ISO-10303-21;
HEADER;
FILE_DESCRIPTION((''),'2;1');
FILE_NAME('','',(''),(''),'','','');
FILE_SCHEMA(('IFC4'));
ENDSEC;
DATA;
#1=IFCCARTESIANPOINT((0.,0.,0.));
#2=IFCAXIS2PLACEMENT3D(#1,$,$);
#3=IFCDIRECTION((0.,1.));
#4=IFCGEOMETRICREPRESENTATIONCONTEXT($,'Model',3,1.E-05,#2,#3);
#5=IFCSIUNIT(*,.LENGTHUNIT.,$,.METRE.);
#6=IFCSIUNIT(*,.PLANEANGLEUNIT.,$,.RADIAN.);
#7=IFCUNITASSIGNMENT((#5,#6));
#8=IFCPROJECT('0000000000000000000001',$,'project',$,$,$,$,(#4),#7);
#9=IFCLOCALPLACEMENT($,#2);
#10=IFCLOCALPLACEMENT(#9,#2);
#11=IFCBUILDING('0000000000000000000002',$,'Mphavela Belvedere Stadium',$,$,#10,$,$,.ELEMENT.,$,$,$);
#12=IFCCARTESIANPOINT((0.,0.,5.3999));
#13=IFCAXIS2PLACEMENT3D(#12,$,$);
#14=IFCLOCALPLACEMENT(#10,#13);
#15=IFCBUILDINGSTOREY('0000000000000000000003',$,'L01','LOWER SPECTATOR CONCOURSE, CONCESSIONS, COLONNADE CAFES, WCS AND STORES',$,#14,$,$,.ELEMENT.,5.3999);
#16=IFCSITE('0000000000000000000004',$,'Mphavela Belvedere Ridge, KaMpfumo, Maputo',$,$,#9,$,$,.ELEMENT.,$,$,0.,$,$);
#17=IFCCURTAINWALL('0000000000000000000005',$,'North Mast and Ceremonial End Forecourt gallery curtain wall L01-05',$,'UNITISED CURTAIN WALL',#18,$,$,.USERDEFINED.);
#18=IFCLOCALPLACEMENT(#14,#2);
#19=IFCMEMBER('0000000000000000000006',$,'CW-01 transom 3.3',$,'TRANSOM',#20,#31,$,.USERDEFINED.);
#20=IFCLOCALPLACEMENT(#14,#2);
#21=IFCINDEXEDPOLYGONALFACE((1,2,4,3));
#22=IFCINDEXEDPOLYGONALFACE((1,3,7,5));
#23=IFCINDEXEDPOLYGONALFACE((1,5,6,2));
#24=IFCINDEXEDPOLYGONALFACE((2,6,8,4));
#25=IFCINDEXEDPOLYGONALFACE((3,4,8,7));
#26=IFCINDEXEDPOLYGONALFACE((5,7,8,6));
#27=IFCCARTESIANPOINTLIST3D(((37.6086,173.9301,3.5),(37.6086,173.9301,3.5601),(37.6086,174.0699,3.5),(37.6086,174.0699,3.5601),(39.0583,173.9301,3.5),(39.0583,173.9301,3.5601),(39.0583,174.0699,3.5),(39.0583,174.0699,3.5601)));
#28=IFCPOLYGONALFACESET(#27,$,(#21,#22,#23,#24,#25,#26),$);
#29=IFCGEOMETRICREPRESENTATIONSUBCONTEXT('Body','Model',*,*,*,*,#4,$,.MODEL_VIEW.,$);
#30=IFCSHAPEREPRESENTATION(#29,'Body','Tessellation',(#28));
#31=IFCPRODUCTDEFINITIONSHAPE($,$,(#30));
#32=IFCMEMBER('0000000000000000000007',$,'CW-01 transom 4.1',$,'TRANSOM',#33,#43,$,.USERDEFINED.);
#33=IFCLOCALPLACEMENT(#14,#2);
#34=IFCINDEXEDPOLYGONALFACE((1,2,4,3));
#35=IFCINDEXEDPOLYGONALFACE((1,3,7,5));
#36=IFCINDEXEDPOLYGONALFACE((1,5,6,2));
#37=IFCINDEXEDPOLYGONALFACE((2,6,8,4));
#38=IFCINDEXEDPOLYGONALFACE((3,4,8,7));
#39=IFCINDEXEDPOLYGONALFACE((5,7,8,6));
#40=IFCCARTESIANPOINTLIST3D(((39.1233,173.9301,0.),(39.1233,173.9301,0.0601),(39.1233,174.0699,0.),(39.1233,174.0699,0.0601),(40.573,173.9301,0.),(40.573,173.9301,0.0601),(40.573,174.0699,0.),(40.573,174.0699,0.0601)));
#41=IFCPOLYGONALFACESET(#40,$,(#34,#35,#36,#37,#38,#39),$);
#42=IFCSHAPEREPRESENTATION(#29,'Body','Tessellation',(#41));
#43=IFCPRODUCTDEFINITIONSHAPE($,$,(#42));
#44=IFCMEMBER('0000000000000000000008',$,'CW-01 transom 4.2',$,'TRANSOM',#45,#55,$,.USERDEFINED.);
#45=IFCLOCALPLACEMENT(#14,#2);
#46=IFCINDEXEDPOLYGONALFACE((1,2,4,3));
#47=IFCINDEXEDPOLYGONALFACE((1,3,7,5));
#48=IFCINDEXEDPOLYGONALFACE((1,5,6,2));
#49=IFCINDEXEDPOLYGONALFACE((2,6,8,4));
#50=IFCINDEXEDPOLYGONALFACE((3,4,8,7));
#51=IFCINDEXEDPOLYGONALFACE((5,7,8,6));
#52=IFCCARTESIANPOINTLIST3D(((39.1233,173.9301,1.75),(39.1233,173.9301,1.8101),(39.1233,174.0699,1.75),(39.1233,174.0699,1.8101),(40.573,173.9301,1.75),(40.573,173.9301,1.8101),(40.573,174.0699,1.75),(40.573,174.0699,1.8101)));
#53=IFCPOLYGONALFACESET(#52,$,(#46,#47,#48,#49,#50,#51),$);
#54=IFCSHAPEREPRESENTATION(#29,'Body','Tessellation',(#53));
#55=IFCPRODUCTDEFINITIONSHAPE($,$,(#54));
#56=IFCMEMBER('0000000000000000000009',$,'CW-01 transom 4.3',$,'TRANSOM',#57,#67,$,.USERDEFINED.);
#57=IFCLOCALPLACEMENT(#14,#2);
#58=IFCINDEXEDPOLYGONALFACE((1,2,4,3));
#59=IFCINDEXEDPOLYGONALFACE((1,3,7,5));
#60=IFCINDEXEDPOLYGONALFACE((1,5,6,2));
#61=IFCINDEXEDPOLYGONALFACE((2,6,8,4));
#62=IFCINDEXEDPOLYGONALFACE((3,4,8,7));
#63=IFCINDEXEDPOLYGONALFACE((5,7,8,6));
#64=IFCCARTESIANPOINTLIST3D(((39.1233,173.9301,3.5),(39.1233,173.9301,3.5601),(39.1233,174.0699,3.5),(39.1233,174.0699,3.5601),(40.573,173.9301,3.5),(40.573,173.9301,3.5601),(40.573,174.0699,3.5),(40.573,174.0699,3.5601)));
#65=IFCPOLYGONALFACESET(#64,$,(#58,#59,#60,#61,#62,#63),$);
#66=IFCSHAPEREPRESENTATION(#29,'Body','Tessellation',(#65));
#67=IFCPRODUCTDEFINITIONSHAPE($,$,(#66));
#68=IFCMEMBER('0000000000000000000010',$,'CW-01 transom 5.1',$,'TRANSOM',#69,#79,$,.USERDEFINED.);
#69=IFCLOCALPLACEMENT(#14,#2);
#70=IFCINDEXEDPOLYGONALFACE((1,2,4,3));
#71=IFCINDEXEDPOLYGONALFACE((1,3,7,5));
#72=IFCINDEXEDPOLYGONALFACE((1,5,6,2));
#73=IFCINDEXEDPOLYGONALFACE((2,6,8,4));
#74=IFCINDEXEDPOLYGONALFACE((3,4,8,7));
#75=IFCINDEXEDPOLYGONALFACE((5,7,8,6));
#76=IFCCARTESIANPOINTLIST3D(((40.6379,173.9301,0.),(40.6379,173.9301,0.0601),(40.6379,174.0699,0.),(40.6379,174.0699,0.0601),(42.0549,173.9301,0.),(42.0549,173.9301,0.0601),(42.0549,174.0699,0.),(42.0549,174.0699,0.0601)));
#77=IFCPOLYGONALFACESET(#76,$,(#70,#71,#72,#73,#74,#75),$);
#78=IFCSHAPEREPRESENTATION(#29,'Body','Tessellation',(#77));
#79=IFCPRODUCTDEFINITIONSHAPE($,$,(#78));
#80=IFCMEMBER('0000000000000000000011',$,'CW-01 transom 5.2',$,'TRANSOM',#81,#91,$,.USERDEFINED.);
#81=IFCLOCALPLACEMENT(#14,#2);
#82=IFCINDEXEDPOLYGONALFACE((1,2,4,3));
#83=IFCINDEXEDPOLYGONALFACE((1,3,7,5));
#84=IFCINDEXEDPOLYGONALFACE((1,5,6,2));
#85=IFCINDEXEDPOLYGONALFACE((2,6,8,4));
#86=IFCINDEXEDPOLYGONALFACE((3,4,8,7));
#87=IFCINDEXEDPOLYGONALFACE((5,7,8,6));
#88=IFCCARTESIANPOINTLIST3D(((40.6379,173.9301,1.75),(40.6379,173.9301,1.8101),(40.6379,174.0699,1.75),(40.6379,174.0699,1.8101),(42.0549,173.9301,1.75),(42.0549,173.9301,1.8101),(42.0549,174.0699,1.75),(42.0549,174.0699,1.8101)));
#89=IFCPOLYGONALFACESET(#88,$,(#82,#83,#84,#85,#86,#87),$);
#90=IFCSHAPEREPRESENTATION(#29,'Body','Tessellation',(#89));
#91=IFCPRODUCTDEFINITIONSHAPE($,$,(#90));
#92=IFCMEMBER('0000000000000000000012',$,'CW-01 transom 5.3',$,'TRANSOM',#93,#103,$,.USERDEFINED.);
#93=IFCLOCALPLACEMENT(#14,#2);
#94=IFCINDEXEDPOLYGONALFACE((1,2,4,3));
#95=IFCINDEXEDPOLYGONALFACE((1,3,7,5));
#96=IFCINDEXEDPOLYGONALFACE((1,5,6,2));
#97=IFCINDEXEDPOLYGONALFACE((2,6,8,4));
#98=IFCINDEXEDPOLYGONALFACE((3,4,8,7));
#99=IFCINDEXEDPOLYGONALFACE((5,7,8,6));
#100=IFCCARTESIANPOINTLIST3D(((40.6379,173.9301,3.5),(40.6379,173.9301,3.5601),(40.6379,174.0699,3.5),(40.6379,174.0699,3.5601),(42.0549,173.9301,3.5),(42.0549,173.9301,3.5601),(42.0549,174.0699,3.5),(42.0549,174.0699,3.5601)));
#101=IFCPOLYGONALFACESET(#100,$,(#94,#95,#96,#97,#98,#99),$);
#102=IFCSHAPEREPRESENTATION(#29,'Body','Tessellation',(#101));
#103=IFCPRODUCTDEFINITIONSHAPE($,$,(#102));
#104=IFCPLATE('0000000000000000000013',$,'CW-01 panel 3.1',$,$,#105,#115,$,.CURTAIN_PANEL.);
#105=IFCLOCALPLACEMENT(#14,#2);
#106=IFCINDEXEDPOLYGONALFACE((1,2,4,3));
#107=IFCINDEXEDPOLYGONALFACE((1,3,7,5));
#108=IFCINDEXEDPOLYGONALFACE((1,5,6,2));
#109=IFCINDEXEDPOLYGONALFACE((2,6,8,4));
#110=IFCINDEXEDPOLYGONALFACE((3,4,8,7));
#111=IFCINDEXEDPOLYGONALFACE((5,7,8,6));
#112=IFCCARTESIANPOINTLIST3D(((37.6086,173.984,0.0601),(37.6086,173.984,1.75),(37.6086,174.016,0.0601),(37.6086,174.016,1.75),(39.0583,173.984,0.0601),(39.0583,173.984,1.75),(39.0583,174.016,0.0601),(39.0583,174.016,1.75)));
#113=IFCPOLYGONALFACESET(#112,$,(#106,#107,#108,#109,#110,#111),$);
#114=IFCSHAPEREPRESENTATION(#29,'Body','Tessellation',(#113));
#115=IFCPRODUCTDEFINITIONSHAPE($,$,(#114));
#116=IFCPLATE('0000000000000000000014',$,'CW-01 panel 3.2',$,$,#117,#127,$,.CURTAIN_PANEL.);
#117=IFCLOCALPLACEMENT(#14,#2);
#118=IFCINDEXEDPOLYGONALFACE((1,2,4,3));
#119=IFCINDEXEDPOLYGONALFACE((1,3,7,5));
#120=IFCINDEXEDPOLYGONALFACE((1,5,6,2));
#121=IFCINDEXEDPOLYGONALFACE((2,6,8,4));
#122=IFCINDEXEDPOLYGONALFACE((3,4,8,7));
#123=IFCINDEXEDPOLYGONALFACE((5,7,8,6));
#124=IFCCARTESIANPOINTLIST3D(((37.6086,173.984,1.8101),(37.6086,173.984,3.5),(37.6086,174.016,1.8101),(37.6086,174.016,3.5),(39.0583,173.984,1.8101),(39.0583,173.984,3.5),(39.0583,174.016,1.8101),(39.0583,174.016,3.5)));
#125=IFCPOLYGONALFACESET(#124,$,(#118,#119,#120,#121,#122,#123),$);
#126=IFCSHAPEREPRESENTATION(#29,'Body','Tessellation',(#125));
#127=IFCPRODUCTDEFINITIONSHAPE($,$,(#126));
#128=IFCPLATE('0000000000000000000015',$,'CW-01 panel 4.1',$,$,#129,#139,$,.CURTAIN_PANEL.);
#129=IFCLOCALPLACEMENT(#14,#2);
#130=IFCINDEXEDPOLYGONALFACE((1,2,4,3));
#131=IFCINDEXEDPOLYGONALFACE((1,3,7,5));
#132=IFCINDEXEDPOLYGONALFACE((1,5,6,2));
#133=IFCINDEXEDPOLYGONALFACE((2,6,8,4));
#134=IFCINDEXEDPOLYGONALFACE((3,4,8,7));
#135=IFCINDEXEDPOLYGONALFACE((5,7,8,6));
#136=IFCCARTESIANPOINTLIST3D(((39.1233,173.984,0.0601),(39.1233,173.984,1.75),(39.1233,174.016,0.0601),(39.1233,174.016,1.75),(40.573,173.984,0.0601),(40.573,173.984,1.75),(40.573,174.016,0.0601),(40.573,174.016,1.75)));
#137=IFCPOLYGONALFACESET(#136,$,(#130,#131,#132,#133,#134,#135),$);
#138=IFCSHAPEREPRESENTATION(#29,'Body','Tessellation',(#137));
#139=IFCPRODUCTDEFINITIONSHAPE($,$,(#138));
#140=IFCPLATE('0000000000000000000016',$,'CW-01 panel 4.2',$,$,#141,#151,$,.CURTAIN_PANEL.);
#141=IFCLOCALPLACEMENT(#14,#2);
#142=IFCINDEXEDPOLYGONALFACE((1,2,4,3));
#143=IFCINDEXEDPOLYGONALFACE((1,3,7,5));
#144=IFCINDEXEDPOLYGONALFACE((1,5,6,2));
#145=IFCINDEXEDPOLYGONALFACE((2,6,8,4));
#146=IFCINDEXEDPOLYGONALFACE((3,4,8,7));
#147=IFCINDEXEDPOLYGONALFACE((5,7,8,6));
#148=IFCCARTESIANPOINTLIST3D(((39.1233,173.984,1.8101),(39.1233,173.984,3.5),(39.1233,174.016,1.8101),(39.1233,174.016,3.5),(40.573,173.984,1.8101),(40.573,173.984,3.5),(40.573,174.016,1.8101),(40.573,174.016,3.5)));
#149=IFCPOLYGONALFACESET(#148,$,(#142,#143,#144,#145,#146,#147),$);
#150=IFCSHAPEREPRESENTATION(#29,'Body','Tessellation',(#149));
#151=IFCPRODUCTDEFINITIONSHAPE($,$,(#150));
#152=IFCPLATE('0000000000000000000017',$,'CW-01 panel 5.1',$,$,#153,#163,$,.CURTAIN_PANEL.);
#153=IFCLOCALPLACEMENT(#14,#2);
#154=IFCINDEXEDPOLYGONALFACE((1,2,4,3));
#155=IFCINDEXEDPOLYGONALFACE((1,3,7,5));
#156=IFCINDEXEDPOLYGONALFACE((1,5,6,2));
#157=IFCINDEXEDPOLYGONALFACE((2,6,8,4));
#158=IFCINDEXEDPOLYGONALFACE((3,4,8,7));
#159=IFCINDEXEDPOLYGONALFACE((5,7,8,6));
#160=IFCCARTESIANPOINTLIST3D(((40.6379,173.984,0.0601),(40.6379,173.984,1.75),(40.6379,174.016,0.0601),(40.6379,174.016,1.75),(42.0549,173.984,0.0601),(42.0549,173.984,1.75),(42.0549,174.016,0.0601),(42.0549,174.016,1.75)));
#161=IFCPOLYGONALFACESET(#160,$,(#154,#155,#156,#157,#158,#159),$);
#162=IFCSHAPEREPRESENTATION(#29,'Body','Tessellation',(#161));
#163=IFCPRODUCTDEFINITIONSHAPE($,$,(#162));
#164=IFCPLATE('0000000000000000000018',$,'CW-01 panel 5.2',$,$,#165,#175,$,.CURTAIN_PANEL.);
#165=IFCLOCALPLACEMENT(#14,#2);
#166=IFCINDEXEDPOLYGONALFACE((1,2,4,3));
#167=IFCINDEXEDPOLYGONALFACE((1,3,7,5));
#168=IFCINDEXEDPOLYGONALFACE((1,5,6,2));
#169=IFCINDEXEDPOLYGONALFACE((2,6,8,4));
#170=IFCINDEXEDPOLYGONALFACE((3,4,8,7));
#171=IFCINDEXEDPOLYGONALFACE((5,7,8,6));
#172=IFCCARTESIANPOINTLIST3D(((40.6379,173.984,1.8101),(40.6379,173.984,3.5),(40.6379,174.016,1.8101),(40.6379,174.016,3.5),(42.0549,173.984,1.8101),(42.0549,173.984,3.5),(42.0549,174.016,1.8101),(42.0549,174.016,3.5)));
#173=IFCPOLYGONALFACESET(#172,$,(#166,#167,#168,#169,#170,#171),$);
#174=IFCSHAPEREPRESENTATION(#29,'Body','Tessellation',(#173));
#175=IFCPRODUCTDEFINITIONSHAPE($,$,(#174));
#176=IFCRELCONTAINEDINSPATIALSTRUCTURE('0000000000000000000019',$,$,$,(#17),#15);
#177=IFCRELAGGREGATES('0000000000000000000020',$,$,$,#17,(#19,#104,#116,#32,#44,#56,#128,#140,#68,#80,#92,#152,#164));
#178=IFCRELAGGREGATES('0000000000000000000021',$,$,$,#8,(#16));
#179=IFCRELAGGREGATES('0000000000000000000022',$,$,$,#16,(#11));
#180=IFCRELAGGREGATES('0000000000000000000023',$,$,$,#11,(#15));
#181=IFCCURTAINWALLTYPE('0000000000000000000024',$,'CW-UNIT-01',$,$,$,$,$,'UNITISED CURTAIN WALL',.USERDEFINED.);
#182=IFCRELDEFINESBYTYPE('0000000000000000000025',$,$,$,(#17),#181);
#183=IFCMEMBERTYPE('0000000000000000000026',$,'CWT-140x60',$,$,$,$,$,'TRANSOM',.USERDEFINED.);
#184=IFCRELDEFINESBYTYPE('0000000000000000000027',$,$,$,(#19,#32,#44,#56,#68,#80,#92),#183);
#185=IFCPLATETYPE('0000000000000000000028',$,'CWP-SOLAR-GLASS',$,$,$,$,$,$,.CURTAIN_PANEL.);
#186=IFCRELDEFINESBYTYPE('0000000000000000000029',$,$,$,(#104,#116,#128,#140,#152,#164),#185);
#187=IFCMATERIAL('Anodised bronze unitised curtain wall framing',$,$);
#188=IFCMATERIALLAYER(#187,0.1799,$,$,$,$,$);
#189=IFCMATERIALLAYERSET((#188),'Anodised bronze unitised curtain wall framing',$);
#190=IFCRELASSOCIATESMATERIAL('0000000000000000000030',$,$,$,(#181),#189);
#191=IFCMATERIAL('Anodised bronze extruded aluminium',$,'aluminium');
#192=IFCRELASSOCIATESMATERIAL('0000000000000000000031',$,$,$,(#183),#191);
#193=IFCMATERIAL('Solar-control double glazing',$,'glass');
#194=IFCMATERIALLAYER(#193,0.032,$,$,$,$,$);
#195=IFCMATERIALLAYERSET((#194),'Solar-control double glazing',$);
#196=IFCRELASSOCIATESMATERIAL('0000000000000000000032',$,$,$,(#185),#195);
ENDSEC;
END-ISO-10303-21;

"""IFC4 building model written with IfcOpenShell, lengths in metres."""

from ifc_helpers import new_model, si_unit, direction, frame, origin, origin_2d, place, context, subcontext, project, spatial, rectangle, extrude, material, layer, layer_set, material_profile, profile_set, type_object, element, aggregate, save


model = new_model("IFC4")

# Units and contexts
model_context = context("Model", 3, precision=1e-05, world=origin(), true_north=direction((0.0, 1.0)))
body_context = subcontext(model_context, "Body", "Model", "MODEL_VIEW")
ifc_project = project(units=[si_unit("LENGTHUNIT", "METRE"), si_unit("PLANEANGLEUNIT", "RADIAN")], contexts=[model_context])

# Site, building, storey
site_placement = place(None, origin())
site = spatial("IfcSite", under=ifc_project, at=site_placement, Name="Mphavela Belvedere Ridge, KaMpfumo, Maputo", CompositionType="ELEMENT", RefElevation=0.0)
building_placement = place(site_placement, origin())
building = spatial("IfcBuilding", under=site, at=building_placement, Name="Mphavela Belvedere Stadium", CompositionType="ELEMENT")
storey_placement = place(building_placement, frame((0.0, 0.0, 5.3999)))
storey = spatial("IfcBuildingStorey", under=building, at=storey_placement, Name="L01", Description="LOWER SPECTATOR CONCOURSE, CONCESSIONS, COLONNADE CAFES, WCS AND STORES", CompositionType="ELEMENT", Elevation=5.3999)

# Curtain wall, members, plates
ifc_material_1 = material(Name="Anodised bronze unitised curtain wall framing")
ifc_layer_1 = layer(ifc_material_1, 0.1799)
ifc_layer_set_1 = layer_set([ifc_layer_1], Name="Anodised bronze unitised curtain wall framing")
curtain_wall_type = type_object("IfcCurtainWallType", Name="CW-UNIT-01", ElementType="UNITISED CURTAIN WALL", PredefinedType="USERDEFINED", material=ifc_layer_set_1)
curtain_wall_placement = place(storey_placement, origin())
curtain_wall = element("IfcCurtainWall", 1, at=curtain_wall_placement, inside=storey, type_object=curtain_wall_type, Name="North Mast and Ceremonial End Forecourt gallery curtain wall L01-05", ObjectType="UNITISED CURTAIN WALL", PredefinedType="USERDEFINED")
ifc_material_2 = material(Name="Anodised bronze extruded aluminium", Category="aluminium")
ifc_material_profile_1 = material_profile(ifc_material_2, rectangle(XDim=0.1399, YDim=0.0601, at=origin_2d()), Name="CW-TRN 140x60")
ifc_profile_set_1 = profile_set([ifc_material_profile_1], Name="Anodised bronze extruded aluminium")
member_type_1 = type_object("IfcMemberType", Name="CWT-140x60", ElementType="TRANSOM", PredefinedType="USERDEFINED", material=ifc_profile_set_1)
member_1_placement = place(storey_placement, frame((37.6086, 174.0, 3.53), z_axis=(1.0, 0.0, 0.0), x_axis=(0.0, 1.0, 0.0)))
member_1 = element("IfcMember", 2, at=member_1_placement, type_object=member_type_1, Name="CW-01 transom 3.3", ObjectType="TRANSOM", PredefinedType="USERDEFINED", context=body_context, shape_type="SweptSolid", body=[
    extrude(rectangle(XDim=0.1399, YDim=0.0601, at=origin_2d()), origin(), (0.0, 0.0, 1.0), 1.4497),
])
member_2_placement = place(storey_placement, frame((39.1233, 174.0, 0.03), z_axis=(1.0, 0.0, 0.0), x_axis=(0.0, 1.0, 0.0)))
member_2 = element("IfcMember", 3, at=member_2_placement, type_object=member_type_1, Name="CW-01 transom 4.1", ObjectType="TRANSOM", PredefinedType="USERDEFINED", context=body_context, shape_type="SweptSolid", body=[
    extrude(rectangle(XDim=0.1399, YDim=0.0601, at=origin_2d()), origin(), (0.0, 0.0, 1.0), 1.4497),
])
member_3_placement = place(storey_placement, frame((39.1233, 174.0, 1.78), z_axis=(1.0, 0.0, 0.0), x_axis=(0.0, 1.0, 0.0)))
member_3 = element("IfcMember", 4, at=member_3_placement, type_object=member_type_1, Name="CW-01 transom 4.2", ObjectType="TRANSOM", PredefinedType="USERDEFINED", context=body_context, shape_type="SweptSolid", body=[
    extrude(rectangle(XDim=0.1399, YDim=0.0601, at=origin_2d()), origin(), (0.0, 0.0, 1.0), 1.4497),
])
member_4_placement = place(storey_placement, frame((39.1233, 174.0, 3.53), z_axis=(1.0, 0.0, 0.0), x_axis=(0.0, 1.0, 0.0)))
member_4 = element("IfcMember", 5, at=member_4_placement, type_object=member_type_1, Name="CW-01 transom 4.3", ObjectType="TRANSOM", PredefinedType="USERDEFINED", context=body_context, shape_type="SweptSolid", body=[
    extrude(rectangle(XDim=0.1399, YDim=0.0601, at=origin_2d()), origin(), (0.0, 0.0, 1.0), 1.4497),
])
member_5_placement = place(storey_placement, frame((40.6379, 174.0, 0.03), z_axis=(1.0, 0.0, 0.0), x_axis=(0.0, 1.0, 0.0)))
member_5 = element("IfcMember", 6, at=member_5_placement, type_object=member_type_1, Name="CW-01 transom 5.1", ObjectType="TRANSOM", PredefinedType="USERDEFINED", context=body_context, shape_type="SweptSolid", body=[
    extrude(rectangle(XDim=0.1399, YDim=0.0601, at=origin_2d()), origin(), (0.0, 0.0, 1.0), 1.417),
])
member_6_placement = place(storey_placement, frame((40.6379, 174.0, 1.78), z_axis=(1.0, 0.0, 0.0), x_axis=(0.0, 1.0, 0.0)))
member_6 = element("IfcMember", 7, at=member_6_placement, type_object=member_type_1, Name="CW-01 transom 5.2", ObjectType="TRANSOM", PredefinedType="USERDEFINED", context=body_context, shape_type="SweptSolid", body=[
    extrude(rectangle(XDim=0.1399, YDim=0.0601, at=origin_2d()), origin(), (0.0, 0.0, 1.0), 1.417),
])
member_7_placement = place(storey_placement, frame((40.6379, 174.0, 3.53), z_axis=(1.0, 0.0, 0.0), x_axis=(0.0, 1.0, 0.0)))
member_7 = element("IfcMember", 8, at=member_7_placement, type_object=member_type_1, Name="CW-01 transom 5.3", ObjectType="TRANSOM", PredefinedType="USERDEFINED", context=body_context, shape_type="SweptSolid", body=[
    extrude(rectangle(XDim=0.1399, YDim=0.0601, at=origin_2d()), origin(), (0.0, 0.0, 1.0), 1.417),
])
ifc_material_3 = material(Name="Solar-control double glazing", Category="glass")
ifc_layer_2 = layer(ifc_material_3, 0.032)
ifc_layer_set_2 = layer_set([ifc_layer_2], Name="Solar-control double glazing")
plate_type = type_object("IfcPlateType", Name="CWP-SOLAR-GLASS", PredefinedType="CURTAIN_PANEL", material=ifc_layer_set_2)
plate_1_placement = place(storey_placement, frame((38.3335, 174.0, 0.0601), z_axis=(0.0, 0.0, 1.0), x_axis=(1.0, 0.0, 0.0)))
plate_1 = element("IfcPlate", 9, at=plate_1_placement, type_object=plate_type, Name="CW-01 panel 3.1", PredefinedType="CURTAIN_PANEL", context=body_context, shape_type="SweptSolid", body=[
    extrude(rectangle(XDim=1.4497, YDim=0.032, at=origin_2d()), origin(), (0.0, 0.0, 1.0), 1.6899),
])
plate_2_placement = place(storey_placement, frame((38.3335, 174.0, 1.8101), z_axis=(0.0, 0.0, 1.0), x_axis=(1.0, 0.0, 0.0)))
plate_2 = element("IfcPlate", 10, at=plate_2_placement, type_object=plate_type, Name="CW-01 panel 3.2", PredefinedType="CURTAIN_PANEL", context=body_context, shape_type="SweptSolid", body=[
    extrude(rectangle(XDim=1.4497, YDim=0.032, at=origin_2d()), origin(), (0.0, 0.0, 1.0), 1.6899),
])
plate_3_placement = place(storey_placement, frame((39.8481, 174.0, 0.0601), z_axis=(0.0, 0.0, 1.0), x_axis=(1.0, 0.0, 0.0)))
plate_3 = element("IfcPlate", 11, at=plate_3_placement, type_object=plate_type, Name="CW-01 panel 4.1", PredefinedType="CURTAIN_PANEL", context=body_context, shape_type="SweptSolid", body=[
    extrude(rectangle(XDim=1.4497, YDim=0.032, at=origin_2d()), origin(), (0.0, 0.0, 1.0), 1.6899),
])
plate_4_placement = place(storey_placement, frame((39.8481, 174.0, 1.8101), z_axis=(0.0, 0.0, 1.0), x_axis=(1.0, 0.0, 0.0)))
plate_4 = element("IfcPlate", 12, at=plate_4_placement, type_object=plate_type, Name="CW-01 panel 4.2", PredefinedType="CURTAIN_PANEL", context=body_context, shape_type="SweptSolid", body=[
    extrude(rectangle(XDim=1.4497, YDim=0.032, at=origin_2d()), origin(), (0.0, 0.0, 1.0), 1.6899),
])
plate_5_placement = place(storey_placement, frame((41.3464, 174.0, 0.0601), z_axis=(0.0, 0.0, 1.0), x_axis=(1.0, 0.0, 0.0)))
plate_5 = element("IfcPlate", 13, at=plate_5_placement, type_object=plate_type, Name="CW-01 panel 5.1", PredefinedType="CURTAIN_PANEL", context=body_context, shape_type="SweptSolid", body=[
    extrude(rectangle(XDim=1.417, YDim=0.032, at=origin_2d()), origin(), (0.0, 0.0, 1.0), 1.6899),
])
plate_6_placement = place(storey_placement, frame((41.3464, 174.0, 1.8101), z_axis=(0.0, 0.0, 1.0), x_axis=(1.0, 0.0, 0.0)))
plate_6 = element("IfcPlate", 14, at=plate_6_placement, type_object=plate_type, Name="CW-01 panel 5.2", PredefinedType="CURTAIN_PANEL", context=body_context, shape_type="SweptSolid", body=[
    extrude(rectangle(XDim=1.417, YDim=0.032, at=origin_2d()), origin(), (0.0, 0.0, 1.0), 1.6899),
])
aggregate(curtain_wall, [member_1, plate_1, plate_2, member_2, member_3, member_4, plate_3, plate_4, member_5, member_6, member_7, plate_5, plate_6])

save(model, "model.ifc")
